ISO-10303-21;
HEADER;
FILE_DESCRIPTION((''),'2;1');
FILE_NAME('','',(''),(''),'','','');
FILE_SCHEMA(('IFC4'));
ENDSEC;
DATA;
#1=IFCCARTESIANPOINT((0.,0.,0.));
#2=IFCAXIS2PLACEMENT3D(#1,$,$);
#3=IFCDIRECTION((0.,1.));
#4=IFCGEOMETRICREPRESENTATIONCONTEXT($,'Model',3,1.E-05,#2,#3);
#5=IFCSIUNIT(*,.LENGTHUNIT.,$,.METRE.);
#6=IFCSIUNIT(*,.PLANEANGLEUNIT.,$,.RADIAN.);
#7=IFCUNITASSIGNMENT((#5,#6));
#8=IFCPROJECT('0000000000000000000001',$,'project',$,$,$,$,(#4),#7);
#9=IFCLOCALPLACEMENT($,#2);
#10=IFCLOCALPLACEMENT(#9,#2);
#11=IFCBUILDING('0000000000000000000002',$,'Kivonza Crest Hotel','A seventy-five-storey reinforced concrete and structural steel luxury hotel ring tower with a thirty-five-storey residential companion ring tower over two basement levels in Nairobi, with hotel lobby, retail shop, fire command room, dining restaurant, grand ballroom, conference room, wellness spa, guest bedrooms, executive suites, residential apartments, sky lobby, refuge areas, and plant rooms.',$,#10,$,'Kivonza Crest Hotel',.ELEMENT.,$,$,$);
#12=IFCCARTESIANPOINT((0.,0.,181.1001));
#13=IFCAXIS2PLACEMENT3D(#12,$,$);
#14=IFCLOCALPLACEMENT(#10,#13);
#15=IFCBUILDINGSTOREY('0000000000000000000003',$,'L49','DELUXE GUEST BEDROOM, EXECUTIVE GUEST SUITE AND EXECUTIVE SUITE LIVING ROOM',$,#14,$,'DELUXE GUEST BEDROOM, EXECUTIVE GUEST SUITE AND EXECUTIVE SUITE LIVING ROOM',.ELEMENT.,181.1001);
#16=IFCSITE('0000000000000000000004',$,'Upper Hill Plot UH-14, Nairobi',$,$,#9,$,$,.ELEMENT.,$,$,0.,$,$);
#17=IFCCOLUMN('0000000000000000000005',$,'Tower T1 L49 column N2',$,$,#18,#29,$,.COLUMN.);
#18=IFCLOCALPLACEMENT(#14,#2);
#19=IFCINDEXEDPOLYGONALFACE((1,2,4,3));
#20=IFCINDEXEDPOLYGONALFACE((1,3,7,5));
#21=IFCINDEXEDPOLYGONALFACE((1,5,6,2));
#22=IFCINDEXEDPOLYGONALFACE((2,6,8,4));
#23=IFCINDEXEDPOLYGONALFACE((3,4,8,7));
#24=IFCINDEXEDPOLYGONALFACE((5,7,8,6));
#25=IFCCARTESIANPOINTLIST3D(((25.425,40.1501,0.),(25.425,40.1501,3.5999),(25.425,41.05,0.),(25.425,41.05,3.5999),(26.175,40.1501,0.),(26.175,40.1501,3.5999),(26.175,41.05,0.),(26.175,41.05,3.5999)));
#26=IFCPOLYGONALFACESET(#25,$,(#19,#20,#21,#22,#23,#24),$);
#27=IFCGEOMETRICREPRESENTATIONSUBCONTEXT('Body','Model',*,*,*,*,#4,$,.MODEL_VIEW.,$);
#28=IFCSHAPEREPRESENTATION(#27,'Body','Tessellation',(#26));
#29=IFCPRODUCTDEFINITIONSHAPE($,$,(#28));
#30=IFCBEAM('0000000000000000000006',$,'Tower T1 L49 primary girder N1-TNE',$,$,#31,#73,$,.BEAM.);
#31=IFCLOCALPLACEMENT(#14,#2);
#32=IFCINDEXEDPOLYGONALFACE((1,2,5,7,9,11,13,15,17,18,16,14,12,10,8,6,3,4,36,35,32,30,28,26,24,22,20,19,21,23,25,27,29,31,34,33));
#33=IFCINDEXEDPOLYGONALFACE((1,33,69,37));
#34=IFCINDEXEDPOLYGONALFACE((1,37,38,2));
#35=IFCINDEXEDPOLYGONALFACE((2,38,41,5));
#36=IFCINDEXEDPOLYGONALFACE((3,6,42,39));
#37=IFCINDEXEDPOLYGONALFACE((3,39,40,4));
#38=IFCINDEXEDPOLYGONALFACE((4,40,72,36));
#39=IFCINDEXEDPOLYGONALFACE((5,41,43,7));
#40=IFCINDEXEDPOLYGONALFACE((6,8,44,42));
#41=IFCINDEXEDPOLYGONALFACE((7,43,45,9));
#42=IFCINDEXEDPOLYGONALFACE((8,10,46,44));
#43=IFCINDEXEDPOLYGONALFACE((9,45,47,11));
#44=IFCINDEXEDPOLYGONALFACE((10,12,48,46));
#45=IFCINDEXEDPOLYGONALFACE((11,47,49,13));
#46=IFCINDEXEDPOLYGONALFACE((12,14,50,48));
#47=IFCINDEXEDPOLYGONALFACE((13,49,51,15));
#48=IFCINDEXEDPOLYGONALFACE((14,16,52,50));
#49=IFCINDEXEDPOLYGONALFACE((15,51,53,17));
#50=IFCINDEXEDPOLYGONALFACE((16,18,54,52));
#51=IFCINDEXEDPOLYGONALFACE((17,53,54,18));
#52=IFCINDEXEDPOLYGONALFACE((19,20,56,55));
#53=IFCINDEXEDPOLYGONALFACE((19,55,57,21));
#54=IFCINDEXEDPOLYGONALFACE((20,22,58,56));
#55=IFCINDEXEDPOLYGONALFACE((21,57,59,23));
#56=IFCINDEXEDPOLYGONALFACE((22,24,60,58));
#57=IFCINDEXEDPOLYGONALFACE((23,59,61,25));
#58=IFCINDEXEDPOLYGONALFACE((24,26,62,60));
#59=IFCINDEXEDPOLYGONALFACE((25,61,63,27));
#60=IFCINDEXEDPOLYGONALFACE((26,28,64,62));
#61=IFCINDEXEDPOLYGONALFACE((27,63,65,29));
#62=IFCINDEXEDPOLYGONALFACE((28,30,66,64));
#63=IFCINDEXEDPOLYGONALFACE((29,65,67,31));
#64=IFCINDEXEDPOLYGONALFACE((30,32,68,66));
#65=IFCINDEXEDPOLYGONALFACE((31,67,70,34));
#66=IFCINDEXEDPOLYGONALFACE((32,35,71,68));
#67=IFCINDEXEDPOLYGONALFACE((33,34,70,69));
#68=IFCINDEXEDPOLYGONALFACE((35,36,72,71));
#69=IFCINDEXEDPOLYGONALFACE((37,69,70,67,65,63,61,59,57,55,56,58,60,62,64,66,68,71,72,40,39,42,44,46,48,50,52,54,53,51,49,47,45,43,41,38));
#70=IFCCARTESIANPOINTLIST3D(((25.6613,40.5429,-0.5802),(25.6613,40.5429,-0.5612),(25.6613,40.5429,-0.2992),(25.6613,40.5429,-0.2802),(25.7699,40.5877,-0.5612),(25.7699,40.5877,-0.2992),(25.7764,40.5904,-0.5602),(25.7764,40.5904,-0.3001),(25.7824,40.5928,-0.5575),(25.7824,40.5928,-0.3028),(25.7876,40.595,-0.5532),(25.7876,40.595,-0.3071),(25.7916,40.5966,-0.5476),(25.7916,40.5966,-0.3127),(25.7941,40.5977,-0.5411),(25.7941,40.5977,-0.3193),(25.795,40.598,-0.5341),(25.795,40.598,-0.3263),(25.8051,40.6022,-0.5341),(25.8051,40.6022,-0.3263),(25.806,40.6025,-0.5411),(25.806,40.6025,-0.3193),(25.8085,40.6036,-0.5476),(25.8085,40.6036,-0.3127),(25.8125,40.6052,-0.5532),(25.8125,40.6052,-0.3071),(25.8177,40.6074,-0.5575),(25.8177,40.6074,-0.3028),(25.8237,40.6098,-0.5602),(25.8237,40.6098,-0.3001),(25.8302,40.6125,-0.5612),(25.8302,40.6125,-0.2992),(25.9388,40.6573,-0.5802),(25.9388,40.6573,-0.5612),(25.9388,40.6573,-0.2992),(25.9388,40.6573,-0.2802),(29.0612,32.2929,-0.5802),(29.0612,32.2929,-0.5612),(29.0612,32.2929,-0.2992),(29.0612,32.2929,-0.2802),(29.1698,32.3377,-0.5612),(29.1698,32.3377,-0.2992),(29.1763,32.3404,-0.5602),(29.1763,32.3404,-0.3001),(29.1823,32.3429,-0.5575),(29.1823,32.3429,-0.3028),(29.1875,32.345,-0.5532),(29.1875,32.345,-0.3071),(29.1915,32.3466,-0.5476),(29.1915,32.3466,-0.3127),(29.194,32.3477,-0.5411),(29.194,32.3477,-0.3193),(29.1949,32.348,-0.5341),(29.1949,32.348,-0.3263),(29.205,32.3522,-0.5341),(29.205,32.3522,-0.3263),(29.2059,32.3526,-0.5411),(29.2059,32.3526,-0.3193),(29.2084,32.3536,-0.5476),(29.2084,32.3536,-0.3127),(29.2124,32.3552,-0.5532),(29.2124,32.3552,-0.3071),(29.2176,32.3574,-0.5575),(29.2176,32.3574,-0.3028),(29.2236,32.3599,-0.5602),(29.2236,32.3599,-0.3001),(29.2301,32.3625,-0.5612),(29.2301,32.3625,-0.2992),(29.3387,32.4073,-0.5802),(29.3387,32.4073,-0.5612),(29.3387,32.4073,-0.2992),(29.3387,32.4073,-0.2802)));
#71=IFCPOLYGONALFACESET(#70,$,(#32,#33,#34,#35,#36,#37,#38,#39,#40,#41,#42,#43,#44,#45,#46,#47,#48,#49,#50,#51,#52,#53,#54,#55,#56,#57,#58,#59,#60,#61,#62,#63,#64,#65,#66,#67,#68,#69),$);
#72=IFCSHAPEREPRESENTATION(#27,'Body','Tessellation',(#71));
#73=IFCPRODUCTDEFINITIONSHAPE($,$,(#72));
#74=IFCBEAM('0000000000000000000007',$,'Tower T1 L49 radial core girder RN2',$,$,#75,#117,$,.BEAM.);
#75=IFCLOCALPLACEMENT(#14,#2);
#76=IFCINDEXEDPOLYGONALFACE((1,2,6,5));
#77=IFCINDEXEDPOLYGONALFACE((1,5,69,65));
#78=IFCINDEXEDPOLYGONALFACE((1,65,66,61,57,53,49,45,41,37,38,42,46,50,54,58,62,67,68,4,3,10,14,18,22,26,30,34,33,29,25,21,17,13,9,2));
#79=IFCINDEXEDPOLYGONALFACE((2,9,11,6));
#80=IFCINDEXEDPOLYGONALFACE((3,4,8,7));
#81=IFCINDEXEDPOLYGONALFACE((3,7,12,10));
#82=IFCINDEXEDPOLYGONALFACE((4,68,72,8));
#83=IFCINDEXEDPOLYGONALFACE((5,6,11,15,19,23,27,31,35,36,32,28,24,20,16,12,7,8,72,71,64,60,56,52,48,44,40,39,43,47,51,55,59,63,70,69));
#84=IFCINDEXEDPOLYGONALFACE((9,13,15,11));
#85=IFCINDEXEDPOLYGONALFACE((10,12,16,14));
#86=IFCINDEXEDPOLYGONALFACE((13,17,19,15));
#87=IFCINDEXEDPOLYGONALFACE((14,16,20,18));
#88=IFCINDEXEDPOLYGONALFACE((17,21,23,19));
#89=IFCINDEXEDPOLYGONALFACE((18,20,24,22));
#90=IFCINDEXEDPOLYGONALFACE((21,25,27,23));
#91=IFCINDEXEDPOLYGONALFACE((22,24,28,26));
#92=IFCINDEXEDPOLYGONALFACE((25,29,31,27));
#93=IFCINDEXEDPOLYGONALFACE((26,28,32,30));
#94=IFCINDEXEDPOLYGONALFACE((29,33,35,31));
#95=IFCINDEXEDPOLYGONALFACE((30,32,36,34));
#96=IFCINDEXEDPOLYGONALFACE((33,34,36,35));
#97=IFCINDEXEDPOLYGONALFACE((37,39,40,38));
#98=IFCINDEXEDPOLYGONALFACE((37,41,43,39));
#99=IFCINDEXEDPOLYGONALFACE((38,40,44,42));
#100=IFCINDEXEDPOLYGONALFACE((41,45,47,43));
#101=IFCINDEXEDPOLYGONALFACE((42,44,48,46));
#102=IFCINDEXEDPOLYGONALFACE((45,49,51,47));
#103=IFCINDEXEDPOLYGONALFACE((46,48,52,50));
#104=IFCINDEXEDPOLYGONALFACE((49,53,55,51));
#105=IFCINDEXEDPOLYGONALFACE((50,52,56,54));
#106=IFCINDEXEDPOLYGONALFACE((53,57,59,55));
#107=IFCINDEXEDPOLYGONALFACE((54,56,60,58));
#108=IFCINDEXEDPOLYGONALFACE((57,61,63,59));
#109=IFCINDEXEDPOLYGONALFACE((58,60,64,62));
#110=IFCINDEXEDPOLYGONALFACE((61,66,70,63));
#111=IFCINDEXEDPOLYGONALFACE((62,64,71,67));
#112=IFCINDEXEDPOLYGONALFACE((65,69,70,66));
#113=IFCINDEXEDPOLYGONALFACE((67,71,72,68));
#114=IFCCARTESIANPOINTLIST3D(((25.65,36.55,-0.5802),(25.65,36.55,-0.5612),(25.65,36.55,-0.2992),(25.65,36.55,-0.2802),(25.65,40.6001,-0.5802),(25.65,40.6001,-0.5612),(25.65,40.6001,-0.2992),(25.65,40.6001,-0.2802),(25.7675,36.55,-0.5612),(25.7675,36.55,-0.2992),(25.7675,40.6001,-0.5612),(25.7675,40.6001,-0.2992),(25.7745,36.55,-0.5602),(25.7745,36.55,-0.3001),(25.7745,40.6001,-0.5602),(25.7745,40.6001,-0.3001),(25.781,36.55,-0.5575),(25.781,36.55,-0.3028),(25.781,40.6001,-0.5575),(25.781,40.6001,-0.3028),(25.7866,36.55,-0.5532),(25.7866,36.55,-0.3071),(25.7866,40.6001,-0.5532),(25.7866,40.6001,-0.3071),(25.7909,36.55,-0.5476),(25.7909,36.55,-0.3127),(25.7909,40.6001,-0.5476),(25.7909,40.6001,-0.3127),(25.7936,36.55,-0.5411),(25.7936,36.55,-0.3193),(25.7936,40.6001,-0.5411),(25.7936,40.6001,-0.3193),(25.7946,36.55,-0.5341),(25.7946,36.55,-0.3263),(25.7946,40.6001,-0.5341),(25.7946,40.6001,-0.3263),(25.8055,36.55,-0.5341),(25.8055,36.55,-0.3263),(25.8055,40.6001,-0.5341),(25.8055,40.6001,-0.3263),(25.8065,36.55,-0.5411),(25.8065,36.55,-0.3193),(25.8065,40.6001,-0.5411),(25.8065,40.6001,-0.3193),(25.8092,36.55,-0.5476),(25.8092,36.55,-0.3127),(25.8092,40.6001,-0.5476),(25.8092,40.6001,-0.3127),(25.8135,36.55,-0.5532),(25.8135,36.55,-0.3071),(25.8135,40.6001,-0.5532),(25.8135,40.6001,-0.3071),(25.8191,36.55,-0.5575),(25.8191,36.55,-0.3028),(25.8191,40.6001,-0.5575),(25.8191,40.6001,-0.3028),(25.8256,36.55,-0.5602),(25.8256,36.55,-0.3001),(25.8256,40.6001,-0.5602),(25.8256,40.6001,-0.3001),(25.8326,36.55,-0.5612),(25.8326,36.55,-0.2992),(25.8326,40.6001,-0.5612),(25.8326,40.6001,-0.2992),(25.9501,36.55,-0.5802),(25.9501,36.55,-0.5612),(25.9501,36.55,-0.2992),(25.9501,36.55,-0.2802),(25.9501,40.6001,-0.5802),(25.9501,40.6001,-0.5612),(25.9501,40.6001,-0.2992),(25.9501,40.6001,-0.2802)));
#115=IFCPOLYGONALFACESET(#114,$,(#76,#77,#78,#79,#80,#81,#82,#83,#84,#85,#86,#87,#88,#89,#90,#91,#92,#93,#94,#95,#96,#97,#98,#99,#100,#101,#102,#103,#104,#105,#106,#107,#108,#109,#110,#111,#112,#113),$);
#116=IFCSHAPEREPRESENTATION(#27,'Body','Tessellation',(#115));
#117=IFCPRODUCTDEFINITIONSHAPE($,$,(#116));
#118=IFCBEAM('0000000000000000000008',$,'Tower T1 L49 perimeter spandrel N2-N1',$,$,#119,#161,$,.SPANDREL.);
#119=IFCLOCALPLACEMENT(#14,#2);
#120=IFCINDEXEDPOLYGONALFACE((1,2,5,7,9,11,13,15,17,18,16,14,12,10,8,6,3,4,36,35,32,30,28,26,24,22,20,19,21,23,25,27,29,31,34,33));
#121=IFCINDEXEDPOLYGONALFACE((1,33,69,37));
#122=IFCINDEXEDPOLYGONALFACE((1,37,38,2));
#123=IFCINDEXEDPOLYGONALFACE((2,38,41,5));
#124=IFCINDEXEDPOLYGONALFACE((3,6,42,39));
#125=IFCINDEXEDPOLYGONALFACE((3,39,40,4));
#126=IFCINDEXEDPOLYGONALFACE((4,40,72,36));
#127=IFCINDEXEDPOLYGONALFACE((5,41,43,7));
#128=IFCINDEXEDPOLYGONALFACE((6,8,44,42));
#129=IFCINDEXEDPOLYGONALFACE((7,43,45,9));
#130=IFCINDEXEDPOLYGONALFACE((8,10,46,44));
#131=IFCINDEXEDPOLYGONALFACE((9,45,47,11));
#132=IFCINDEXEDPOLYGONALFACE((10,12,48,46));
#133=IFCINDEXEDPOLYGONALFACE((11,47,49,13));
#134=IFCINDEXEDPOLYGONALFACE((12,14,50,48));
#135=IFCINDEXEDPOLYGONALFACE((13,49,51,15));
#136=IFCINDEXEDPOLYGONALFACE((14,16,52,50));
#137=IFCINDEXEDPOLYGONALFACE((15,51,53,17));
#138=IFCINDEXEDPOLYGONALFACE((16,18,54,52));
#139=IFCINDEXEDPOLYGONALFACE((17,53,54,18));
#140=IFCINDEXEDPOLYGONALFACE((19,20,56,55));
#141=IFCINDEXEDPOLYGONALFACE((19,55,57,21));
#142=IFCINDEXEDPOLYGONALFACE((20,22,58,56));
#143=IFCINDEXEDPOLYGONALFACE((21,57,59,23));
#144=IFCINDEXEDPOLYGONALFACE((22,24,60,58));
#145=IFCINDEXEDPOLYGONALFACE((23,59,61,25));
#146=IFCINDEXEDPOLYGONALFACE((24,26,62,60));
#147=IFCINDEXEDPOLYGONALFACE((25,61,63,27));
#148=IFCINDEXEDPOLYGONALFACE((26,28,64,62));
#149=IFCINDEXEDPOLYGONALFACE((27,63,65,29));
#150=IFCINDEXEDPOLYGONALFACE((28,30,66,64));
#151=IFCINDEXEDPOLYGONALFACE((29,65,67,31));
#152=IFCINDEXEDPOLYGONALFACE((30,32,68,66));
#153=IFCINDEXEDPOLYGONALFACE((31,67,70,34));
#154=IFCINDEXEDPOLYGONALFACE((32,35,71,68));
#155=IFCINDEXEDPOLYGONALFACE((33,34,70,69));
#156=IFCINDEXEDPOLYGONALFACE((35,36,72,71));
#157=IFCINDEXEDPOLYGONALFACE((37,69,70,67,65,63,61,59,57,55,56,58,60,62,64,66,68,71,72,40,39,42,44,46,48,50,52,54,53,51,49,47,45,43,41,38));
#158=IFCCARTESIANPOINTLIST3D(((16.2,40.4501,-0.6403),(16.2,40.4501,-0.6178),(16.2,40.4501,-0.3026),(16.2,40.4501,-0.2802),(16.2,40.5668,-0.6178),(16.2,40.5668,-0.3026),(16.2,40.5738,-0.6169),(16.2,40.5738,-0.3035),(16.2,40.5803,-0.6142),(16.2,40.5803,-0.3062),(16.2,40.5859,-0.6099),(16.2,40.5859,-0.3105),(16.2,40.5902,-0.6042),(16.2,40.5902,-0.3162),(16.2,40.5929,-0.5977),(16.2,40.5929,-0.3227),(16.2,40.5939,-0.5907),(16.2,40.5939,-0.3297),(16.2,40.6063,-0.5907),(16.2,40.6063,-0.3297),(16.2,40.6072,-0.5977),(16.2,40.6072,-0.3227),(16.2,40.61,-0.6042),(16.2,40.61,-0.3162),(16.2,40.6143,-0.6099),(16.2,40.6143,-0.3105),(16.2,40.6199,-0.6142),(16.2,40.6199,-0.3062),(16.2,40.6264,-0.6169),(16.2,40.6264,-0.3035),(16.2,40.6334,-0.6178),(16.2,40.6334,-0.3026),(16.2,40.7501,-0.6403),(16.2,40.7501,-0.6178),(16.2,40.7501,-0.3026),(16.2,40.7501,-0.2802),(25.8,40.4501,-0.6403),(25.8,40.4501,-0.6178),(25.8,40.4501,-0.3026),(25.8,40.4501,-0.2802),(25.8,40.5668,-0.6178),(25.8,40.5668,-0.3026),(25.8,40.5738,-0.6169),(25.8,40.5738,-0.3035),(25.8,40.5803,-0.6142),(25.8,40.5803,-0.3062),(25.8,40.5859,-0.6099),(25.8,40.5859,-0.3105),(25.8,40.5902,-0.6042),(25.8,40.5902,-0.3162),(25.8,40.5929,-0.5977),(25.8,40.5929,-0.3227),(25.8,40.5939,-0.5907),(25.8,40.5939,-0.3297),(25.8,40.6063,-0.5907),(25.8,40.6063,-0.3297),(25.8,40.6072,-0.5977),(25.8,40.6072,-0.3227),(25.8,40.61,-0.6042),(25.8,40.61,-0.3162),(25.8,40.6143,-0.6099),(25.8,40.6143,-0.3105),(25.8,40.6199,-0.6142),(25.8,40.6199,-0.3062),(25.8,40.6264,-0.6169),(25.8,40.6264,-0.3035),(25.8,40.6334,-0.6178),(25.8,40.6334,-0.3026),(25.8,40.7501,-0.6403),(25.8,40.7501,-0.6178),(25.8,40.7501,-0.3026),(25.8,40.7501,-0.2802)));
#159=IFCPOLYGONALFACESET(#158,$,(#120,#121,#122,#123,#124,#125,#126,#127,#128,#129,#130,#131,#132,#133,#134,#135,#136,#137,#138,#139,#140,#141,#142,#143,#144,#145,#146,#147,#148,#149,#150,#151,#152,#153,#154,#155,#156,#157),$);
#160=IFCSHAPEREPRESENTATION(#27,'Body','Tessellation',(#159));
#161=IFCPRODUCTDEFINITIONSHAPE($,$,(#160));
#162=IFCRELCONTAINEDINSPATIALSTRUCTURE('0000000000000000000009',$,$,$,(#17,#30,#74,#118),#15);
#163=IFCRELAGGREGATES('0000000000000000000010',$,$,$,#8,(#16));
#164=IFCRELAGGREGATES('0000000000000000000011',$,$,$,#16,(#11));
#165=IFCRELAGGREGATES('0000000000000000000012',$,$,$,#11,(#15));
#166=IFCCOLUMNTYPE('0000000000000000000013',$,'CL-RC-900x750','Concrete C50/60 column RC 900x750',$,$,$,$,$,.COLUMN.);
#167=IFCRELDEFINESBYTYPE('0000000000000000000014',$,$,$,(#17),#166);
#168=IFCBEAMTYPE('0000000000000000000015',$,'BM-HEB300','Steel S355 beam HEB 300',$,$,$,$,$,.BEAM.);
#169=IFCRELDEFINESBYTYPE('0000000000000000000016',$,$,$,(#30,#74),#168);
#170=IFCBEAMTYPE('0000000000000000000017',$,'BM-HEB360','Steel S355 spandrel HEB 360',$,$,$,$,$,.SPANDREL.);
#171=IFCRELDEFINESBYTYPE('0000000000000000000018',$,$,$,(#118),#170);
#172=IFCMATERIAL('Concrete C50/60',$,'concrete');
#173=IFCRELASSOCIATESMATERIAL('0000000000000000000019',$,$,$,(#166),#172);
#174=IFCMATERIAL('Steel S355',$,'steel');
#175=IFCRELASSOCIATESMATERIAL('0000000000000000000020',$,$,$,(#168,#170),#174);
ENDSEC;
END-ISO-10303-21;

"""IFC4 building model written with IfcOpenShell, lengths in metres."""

from ifc_helpers import new_model, si_unit, direction, frame, origin, origin_2d, place, context, subcontext, project, spatial, rectangle, i_section, extrude, material, material_profile, profile_set, type_object, element, save


model = new_model("IFC4")

# Units and contexts
model_context = context("Model", 3, precision=1e-05, world=origin(), true_north=direction((0.0, 1.0)))
body_context = subcontext(model_context, "Body", "Model", "MODEL_VIEW")
ifc_project = project(units=[si_unit("LENGTHUNIT", "METRE"), si_unit("PLANEANGLEUNIT", "RADIAN")], contexts=[model_context])

# Site, building, storey
site_placement = place(None, origin())
site = spatial("IfcSite", under=ifc_project, at=site_placement, Name="Upper Hill Plot UH-14, Nairobi", CompositionType="ELEMENT", RefElevation=0.0)
building_placement = place(site_placement, origin())
building = spatial("IfcBuilding", under=site, at=building_placement, Name="Kivonza Crest Hotel", Description="A seventy-five-storey reinforced concrete and structural steel luxury hotel ring tower with a thirty-five-storey residential companion ring tower over two basement levels in Nairobi, with hotel lobby, retail shop, fire command room, dining restaurant, grand ballroom, conference room, wellness spa, guest bedrooms, executive suites, residential apartments, sky lobby, refuge areas, and plant rooms.", LongName="Kivonza Crest Hotel", CompositionType="ELEMENT")
storey_placement = place(building_placement, frame((0.0, 0.0, 181.1001)))
storey = spatial("IfcBuildingStorey", under=building, at=storey_placement, Name="L49", Description="DELUXE GUEST BEDROOM, EXECUTIVE GUEST SUITE AND EXECUTIVE SUITE LIVING ROOM", LongName="DELUXE GUEST BEDROOM, EXECUTIVE GUEST SUITE AND EXECUTIVE SUITE LIVING ROOM", CompositionType="ELEMENT", Elevation=181.1001)

# Column
ifc_material_1 = material(Name="Concrete C50/60", Category="concrete")
ifc_material_profile_1 = material_profile(ifc_material_1, rectangle(XDim=0.75, YDim=0.8999, at=origin_2d()), Name="RC 900x750")
ifc_profile_set_1 = profile_set([ifc_material_profile_1], Name="Concrete C50/60")
column_type = type_object("IfcColumnType", Name="CL-RC-900x750", Description="Concrete C50/60 column RC 900x750", PredefinedType="COLUMN", material=ifc_profile_set_1)
column_placement = place(storey_placement, frame((25.8, 40.6001, 0.0), z_axis=(0.0, 0.0, 1.0), x_axis=(1.0, 0.0, 0.0)))
element("IfcColumn", 1, at=column_placement, inside=storey, type_object=column_type, Name="Tower T1 L49 column N2", PredefinedType="COLUMN", context=body_context, shape_type="SweptSolid", body=[
    extrude(rectangle(XDim=0.75, YDim=0.8999, at=origin_2d()), origin(), (0.0, 0.0, 1.0), 3.5999),
])

# Beams
ifc_material_2 = material(Name="Steel S355", Category="steel")
ifc_material_profile_2 = material_profile(ifc_material_2, i_section(OverallWidth=0.3, OverallDepth=0.3, WebThickness=0.011, FlangeThickness=0.019, FilletRadius=0.0271, at=origin_2d()), Name="HEB 300")
ifc_profile_set_2 = profile_set([ifc_material_profile_2], Name="Steel S355")
beam_type_1 = type_object("IfcBeamType", Name="BM-HEB300", Description="Steel S355 beam HEB 300", PredefinedType="BEAM", material=ifc_profile_set_2)
beam_1_placement = place(storey_placement, frame((25.8, 40.6001, -0.4302), z_axis=(0.381022, -0.924566, 0.0), x_axis=(0.924566, 0.381022, 0.0)))
element("IfcBeam", 2, at=beam_1_placement, inside=storey, type_object=beam_type_1, Name="Tower T1 L49 primary girder N1-TNE", PredefinedType="BEAM", context=body_context, shape_type="SweptSolid", body=[
    extrude(i_section(OverallWidth=0.3, OverallDepth=0.3, WebThickness=0.011, FlangeThickness=0.019, FilletRadius=0.0271, at=origin_2d()), origin(), (0.0, 0.0, 1.0), 8.9231),
])
beam_2_placement = place(storey_placement, frame((25.8, 40.6001, -0.4302), z_axis=(0.0, -1.0, 0.0), x_axis=(1.0, 0.0, 0.0)))
element("IfcBeam", 3, at=beam_2_placement, inside=storey, type_object=beam_type_1, Name="Tower T1 L49 radial core girder RN2", PredefinedType="BEAM", context=body_context, shape_type="SweptSolid", body=[
    extrude(i_section(OverallWidth=0.3, OverallDepth=0.3, WebThickness=0.011, FlangeThickness=0.019, FilletRadius=0.0271, at=origin_2d()), origin(), (0.0, 0.0, 1.0), 4.05),
])
ifc_material_profile_3 = material_profile(ifc_material_2, i_section(OverallWidth=0.3, OverallDepth=0.3601, WebThickness=0.0125, FlangeThickness=0.0225, FilletRadius=0.0271, at=origin_2d()), Name="HEB 360")
ifc_profile_set_3 = profile_set([ifc_material_profile_3], Name="Steel S355")
beam_type_2 = type_object("IfcBeamType", Name="BM-HEB360", Description="Steel S355 spandrel HEB 360", PredefinedType="SPANDREL", material=ifc_profile_set_3)
beam_3_placement = place(storey_placement, frame((25.8, 40.6001, -0.4602), z_axis=(-1.0, 0.0, 0.0), x_axis=(0.0, -1.0, 0.0)))
element("IfcBeam", 4, at=beam_3_placement, inside=storey, type_object=beam_type_2, Name="Tower T1 L49 perimeter spandrel N2-N1", PredefinedType="SPANDREL", context=body_context, shape_type="SweptSolid", body=[
    extrude(i_section(OverallWidth=0.3, OverallDepth=0.3601, WebThickness=0.0125, FlangeThickness=0.0225, FilletRadius=0.0271, at=origin_2d()), origin(), (0.0, 0.0, 1.0), 9.6001),
])

save(model, "model.ifc")
